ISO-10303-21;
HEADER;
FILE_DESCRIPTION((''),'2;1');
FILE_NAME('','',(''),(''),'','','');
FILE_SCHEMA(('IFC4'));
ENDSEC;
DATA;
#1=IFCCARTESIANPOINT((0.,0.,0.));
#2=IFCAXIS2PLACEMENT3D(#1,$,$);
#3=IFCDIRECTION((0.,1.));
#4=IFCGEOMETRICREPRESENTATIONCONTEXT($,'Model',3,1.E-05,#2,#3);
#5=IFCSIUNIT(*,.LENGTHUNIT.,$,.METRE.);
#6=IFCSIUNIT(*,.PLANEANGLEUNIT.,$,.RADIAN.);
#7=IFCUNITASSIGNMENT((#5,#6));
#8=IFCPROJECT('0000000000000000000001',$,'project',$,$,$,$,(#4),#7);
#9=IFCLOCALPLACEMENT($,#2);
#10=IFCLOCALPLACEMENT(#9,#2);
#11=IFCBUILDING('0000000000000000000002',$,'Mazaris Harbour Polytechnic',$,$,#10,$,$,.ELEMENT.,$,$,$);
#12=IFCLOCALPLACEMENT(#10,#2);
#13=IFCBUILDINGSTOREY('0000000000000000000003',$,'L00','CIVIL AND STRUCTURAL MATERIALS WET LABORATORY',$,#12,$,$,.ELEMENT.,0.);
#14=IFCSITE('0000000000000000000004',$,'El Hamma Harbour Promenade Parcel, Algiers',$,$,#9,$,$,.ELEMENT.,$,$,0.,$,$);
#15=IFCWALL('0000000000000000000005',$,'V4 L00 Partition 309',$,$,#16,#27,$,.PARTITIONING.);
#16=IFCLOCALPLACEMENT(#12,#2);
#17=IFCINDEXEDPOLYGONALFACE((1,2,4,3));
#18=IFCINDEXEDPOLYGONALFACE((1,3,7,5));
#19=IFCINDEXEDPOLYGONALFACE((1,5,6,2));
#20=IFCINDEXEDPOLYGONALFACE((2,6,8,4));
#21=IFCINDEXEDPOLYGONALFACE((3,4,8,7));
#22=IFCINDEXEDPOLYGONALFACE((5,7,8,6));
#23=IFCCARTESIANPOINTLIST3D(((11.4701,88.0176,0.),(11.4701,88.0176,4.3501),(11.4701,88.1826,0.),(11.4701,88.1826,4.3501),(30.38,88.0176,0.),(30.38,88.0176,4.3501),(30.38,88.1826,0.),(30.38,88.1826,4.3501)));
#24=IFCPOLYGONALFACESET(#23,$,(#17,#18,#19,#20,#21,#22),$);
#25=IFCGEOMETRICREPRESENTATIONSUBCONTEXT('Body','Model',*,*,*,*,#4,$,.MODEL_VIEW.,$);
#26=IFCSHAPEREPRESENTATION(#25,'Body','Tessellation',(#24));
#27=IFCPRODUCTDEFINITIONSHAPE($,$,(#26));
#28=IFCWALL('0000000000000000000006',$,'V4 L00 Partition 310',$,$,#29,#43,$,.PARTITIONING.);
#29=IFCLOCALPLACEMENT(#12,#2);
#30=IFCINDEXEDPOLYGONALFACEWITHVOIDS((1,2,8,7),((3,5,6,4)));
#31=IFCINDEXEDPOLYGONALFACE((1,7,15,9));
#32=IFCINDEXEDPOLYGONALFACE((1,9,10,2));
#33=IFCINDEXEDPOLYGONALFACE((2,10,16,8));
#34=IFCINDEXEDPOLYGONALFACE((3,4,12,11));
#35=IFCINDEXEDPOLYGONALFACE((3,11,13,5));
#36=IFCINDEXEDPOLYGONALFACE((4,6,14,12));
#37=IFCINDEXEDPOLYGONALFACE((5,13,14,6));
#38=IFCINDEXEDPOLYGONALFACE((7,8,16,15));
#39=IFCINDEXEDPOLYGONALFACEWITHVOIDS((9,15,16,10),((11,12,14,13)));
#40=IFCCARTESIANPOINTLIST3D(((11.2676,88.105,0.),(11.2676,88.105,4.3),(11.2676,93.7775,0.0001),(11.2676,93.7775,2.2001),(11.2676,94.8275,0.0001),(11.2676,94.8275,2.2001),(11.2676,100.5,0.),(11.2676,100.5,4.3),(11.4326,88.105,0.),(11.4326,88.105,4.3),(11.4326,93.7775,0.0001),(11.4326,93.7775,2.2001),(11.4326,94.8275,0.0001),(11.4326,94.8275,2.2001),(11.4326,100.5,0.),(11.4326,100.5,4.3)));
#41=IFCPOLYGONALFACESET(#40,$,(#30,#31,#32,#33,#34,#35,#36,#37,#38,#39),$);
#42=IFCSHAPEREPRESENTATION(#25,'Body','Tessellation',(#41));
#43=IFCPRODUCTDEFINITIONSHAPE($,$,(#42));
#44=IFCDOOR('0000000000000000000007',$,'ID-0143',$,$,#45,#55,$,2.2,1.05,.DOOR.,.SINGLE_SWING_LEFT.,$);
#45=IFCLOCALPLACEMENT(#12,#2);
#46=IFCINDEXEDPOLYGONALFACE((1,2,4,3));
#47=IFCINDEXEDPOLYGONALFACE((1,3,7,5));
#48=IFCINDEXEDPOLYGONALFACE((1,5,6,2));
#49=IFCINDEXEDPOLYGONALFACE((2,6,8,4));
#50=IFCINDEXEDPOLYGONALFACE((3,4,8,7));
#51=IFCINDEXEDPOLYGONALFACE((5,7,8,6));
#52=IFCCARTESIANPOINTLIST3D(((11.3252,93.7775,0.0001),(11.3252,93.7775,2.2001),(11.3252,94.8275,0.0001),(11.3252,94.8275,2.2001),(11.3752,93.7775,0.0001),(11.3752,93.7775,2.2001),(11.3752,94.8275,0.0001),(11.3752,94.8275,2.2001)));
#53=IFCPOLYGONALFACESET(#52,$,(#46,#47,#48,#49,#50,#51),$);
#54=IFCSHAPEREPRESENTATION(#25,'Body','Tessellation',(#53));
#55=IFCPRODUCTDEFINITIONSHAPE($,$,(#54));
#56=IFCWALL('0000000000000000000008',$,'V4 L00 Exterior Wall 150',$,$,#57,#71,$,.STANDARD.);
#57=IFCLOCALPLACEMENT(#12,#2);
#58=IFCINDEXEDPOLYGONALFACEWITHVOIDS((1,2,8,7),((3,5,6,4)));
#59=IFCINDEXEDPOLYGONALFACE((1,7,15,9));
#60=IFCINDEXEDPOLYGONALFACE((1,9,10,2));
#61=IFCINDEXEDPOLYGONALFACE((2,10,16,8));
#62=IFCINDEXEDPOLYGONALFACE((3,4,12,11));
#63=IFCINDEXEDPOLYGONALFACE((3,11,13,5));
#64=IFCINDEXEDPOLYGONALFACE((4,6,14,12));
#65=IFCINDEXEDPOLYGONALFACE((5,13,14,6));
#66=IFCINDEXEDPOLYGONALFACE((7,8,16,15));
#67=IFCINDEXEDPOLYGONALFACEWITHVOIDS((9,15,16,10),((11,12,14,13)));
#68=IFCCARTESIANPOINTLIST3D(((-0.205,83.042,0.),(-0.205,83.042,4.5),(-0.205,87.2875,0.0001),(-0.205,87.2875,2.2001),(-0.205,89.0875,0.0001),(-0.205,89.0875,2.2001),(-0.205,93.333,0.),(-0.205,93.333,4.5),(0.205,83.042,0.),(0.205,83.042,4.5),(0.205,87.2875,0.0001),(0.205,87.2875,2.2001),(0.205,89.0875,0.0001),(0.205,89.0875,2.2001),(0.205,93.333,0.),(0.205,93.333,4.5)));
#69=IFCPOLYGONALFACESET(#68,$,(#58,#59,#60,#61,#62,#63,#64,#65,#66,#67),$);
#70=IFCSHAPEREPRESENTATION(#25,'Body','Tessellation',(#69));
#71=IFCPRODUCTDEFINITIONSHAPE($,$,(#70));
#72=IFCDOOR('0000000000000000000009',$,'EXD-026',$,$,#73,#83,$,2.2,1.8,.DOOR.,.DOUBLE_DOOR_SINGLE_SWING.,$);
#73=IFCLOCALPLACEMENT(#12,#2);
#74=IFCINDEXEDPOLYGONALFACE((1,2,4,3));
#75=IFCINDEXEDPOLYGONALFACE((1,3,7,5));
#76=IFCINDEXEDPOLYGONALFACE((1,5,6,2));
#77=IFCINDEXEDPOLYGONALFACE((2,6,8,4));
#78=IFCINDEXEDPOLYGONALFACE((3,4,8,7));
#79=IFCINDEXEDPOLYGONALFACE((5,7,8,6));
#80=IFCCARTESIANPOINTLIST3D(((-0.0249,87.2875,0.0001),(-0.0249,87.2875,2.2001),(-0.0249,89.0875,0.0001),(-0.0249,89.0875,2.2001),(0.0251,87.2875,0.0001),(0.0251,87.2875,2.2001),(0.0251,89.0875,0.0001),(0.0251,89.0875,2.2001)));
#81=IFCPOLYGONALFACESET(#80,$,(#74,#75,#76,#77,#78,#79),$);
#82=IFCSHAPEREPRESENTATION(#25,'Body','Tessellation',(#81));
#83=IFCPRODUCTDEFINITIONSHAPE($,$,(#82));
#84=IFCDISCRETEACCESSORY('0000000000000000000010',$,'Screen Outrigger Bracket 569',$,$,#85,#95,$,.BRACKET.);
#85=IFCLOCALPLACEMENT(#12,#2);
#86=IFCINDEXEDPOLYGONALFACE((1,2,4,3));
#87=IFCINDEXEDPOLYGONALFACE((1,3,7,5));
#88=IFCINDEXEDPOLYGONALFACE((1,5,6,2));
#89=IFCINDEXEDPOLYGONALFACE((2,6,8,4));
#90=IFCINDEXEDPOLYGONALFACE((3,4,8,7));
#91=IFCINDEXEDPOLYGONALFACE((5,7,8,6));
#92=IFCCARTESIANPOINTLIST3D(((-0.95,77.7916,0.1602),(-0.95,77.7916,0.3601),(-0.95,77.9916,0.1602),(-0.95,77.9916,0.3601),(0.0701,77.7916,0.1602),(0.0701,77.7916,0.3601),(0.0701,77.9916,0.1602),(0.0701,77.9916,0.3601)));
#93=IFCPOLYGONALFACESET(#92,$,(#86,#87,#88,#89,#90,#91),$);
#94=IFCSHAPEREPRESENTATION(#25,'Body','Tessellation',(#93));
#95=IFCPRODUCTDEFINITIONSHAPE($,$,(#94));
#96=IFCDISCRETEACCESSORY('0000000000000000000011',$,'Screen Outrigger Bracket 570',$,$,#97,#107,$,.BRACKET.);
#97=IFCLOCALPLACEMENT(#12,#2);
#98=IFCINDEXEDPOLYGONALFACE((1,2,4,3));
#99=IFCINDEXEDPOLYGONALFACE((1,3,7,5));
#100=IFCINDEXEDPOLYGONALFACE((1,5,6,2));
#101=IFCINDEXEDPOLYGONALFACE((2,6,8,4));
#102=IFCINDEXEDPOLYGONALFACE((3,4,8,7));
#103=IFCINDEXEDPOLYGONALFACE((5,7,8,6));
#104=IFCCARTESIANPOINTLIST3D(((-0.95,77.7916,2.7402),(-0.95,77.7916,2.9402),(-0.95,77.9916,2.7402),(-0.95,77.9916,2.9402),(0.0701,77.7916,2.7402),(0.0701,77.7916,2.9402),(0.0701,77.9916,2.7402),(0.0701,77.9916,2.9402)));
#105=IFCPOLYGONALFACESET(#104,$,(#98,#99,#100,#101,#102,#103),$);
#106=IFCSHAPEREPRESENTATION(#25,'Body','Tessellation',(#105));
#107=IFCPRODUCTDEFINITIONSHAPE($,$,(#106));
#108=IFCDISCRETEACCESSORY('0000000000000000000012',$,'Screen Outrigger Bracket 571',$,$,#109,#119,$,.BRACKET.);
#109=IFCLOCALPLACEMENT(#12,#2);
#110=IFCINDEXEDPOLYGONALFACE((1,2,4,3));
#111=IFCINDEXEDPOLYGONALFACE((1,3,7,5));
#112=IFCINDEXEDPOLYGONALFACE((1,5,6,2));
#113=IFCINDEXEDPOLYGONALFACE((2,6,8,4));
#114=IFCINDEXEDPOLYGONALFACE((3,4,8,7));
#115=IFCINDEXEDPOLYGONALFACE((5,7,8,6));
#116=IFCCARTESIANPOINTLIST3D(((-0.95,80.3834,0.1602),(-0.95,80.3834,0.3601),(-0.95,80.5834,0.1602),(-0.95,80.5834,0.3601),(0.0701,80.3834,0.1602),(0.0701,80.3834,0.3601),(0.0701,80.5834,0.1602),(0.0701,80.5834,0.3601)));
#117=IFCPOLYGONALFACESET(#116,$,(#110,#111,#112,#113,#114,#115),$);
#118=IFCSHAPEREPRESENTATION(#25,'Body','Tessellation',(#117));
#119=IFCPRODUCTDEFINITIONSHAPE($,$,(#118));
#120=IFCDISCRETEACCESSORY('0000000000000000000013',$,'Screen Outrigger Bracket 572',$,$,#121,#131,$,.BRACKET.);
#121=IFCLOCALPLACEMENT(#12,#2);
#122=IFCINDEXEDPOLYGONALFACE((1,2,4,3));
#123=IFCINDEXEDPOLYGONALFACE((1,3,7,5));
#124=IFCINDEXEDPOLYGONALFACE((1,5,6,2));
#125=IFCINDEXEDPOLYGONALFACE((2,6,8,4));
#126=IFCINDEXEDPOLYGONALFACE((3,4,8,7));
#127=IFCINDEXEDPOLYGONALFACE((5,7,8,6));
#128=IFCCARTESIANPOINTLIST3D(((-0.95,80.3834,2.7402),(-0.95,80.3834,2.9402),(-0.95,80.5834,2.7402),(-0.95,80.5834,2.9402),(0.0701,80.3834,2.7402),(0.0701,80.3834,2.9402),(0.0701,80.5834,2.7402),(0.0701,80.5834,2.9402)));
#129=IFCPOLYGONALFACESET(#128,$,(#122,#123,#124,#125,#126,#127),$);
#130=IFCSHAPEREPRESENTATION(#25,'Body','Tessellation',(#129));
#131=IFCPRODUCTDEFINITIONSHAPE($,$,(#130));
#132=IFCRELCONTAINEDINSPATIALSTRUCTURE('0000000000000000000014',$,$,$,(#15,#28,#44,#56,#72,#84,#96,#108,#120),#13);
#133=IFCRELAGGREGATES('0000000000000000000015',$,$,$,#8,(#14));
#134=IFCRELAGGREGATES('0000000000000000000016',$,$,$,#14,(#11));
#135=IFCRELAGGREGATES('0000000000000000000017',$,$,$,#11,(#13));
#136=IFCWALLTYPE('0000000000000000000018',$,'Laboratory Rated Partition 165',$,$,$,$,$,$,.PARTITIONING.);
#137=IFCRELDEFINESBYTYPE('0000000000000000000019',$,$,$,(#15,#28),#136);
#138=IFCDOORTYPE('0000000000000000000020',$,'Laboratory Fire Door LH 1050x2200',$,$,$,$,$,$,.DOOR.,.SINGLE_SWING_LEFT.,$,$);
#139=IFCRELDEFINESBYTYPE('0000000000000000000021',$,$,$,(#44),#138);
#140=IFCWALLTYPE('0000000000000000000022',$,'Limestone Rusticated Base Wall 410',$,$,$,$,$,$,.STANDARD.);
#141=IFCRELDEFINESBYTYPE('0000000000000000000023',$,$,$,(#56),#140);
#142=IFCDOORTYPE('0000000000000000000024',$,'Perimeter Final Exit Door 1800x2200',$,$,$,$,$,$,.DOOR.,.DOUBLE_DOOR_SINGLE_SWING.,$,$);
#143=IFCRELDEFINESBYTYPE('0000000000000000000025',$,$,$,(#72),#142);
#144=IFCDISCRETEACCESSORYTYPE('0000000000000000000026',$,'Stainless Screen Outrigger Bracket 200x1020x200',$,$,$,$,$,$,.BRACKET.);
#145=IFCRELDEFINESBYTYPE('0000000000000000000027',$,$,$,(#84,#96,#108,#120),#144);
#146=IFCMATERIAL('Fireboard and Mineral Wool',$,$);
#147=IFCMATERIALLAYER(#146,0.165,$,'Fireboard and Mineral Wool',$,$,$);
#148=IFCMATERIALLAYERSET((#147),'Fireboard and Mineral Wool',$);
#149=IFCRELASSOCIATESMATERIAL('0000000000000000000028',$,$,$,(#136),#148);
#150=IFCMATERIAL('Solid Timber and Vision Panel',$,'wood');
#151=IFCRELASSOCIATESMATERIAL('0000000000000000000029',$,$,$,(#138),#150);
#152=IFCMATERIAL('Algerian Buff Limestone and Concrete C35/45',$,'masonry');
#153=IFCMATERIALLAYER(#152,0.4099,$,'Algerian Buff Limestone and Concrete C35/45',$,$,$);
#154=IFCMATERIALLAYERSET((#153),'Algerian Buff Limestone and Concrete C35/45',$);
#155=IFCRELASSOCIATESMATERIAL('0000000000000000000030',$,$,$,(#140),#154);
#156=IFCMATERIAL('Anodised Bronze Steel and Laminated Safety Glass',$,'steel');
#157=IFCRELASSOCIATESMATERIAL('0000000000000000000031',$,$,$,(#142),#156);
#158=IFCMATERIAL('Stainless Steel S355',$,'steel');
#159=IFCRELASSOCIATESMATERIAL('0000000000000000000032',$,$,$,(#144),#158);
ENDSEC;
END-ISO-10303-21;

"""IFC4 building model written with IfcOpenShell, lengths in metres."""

from ifc_helpers import new_model, si_unit, direction, frame, frame_2d, origin, origin_2d, place, context, subcontext, project, spatial, rectangle, extrude, material, layer, layer_set, type_object, element, fill, save


model = new_model("IFC4")

# Units and contexts
model_context = context("Model", 3, precision=1e-05, world=origin(), true_north=direction((0.0, 1.0)))
body_context = subcontext(model_context, "Body", "Model", "MODEL_VIEW")
ifc_project = project(units=[si_unit("LENGTHUNIT", "METRE"), si_unit("PLANEANGLEUNIT", "RADIAN")], contexts=[model_context])

# Site, building, storey
site_placement = place(None, origin())
site = spatial("IfcSite", under=ifc_project, at=site_placement, Name="El Hamma Harbour Promenade Parcel, Algiers", CompositionType="ELEMENT", RefElevation=0.0)
building_placement = place(site_placement, origin())
building = spatial("IfcBuilding", under=site, at=building_placement, Name="Mazaris Harbour Polytechnic", CompositionType="ELEMENT")
storey_placement = place(building_placement, origin())
storey = spatial("IfcBuildingStorey", under=building, at=storey_placement, Name="L00", Description="CIVIL AND STRUCTURAL MATERIALS WET LABORATORY", CompositionType="ELEMENT", Elevation=0.0)

# Shared definitions
ifc_material_1 = material(Name="Fireboard and Mineral Wool")
ifc_layer_1 = layer(ifc_material_1, 0.165, Name="Fireboard and Mineral Wool")
ifc_layer_set_1 = layer_set([ifc_layer_1], Name="Fireboard and Mineral Wool")
wall_type_1 = type_object("IfcWallType", Name="Laboratory Rated Partition 165", PredefinedType="PARTITIONING", material=ifc_layer_set_1)

# Shared definitions
ifc_material_2 = material(Name="Solid Timber and Vision Panel", Category="wood")
door_type_1 = type_object("IfcDoorType", Name="Laboratory Fire Door LH 1050x2200", OperationType="SINGLE_SWING_LEFT", PredefinedType="DOOR", material=ifc_material_2)

# Wall
wall_1_placement = place(storey_placement, frame((11.47, 88.1001, 0.0), z_axis=(0.0, 0.0, 1.0), x_axis=(1.0, 0.0, 0.0)))
element("IfcWall", 1, at=wall_1_placement, inside=storey, type_object=wall_type_1, Name="V4 L00 Partition 309", PredefinedType="PARTITIONING", context=body_context, shape_type="SweptSolid", body=[
    extrude(rectangle(XDim=18.9099, YDim=0.165, at=frame_2d((9.4551, 0.0))), origin(), (0.0, 0.0, 1.0), 4.3501),
])

# Walls, openings, doors
wall_2_placement = place(storey_placement, frame((11.3501, 88.105, 0.0), z_axis=(0.0, 0.0, 1.0), x_axis=(0.0, 1.0, 0.0)))
wall_2 = element("IfcWall", 2, at=wall_2_placement, inside=storey, type_object=wall_type_1, Name="V4 L00 Partition 310", PredefinedType="PARTITIONING", context=body_context, shape_type="SweptSolid", body=[
    extrude(rectangle(XDim=12.395, YDim=0.165, at=frame_2d((6.1975, 0.0))), origin(), (0.0, 0.0, 1.0), 4.3),
])
opening_1_placement = place(wall_2_placement, frame((5.6726, 0.0, 0.0)))
opening_1 = element("IfcOpeningElement", 3, at=opening_1_placement, cuts=wall_2, PredefinedType="OPENING", context=body_context, shape_type="SweptSolid", body=[
    extrude(rectangle(XDim=1.05, YDim=2.2, at=frame_2d((0.5249, 1.1001))), frame((0.0, 0.0925, 0.0), z_axis=(0.0, -1.0, 0.0), x_axis=(1.0, 0.0, 0.0)), (0.0, 0.0, 1.0), 0.1851),
])
door_1_placement = place(opening_1_placement, origin())
door_1 = element("IfcDoor", 4, at=door_1_placement, inside=storey, type_object=door_type_1, Name="ID-0143", OperationType="SINGLE_SWING_LEFT", OverallHeight=2.2, OverallWidth=1.05, PredefinedType="DOOR", context=body_context, shape_type="SweptSolid", body=[
    extrude(rectangle(XDim=1.05, YDim=2.2, at=frame_2d((0.5249, 1.1001))), frame((0.0, 0.0249, 0.0), z_axis=(0.0, -1.0, 0.0), x_axis=(1.0, 0.0, 0.0)), (0.0, 0.0, 1.0), 0.05),
])
fill(opening_1, door_1)
ifc_material_3 = material(Name="Algerian Buff Limestone and Concrete C35/45", Category="masonry")
ifc_layer_2 = layer(ifc_material_3, 0.4099, Name="Algerian Buff Limestone and Concrete C35/45")
ifc_layer_set_2 = layer_set([ifc_layer_2], Name="Algerian Buff Limestone and Concrete C35/45")
wall_type_2 = type_object("IfcWallType", Name="Limestone Rusticated Base Wall 410", PredefinedType="STANDARD", material=ifc_layer_set_2)
wall_3_placement = place(storey_placement, frame((0.0, 83.042, 0.0), z_axis=(0.0, 0.0, 1.0), x_axis=(0.0, 1.0, 0.0)))
wall_3 = element("IfcWall", 5, at=wall_3_placement, inside=storey, type_object=wall_type_2, Name="V4 L00 Exterior Wall 150", PredefinedType="STANDARD", context=body_context, shape_type="SweptSolid", body=[
    extrude(rectangle(XDim=10.291, YDim=0.4099, at=frame_2d((5.1455, 0.0))), origin(), (0.0, 0.0, 1.0), 4.5),
])
opening_2_placement = place(wall_3_placement, frame((4.2456, 0.0, 0.0)))
opening_2 = element("IfcOpeningElement", 6, at=opening_2_placement, cuts=wall_3, PredefinedType="OPENING", context=body_context, shape_type="SweptSolid", body=[
    extrude(rectangle(XDim=1.8, YDim=2.2, at=frame_2d((0.8999, 1.1001))), frame((0.0, 0.2148, 0.0), z_axis=(0.0, -1.0, 0.0), x_axis=(1.0, 0.0, 0.0)), (0.0, 0.0, 1.0), 0.4299),
])
ifc_material_4 = material(Name="Anodised Bronze Steel and Laminated Safety Glass", Category="steel")
door_type_2 = type_object("IfcDoorType", Name="Perimeter Final Exit Door 1800x2200", OperationType="DOUBLE_DOOR_SINGLE_SWING", PredefinedType="DOOR", material=ifc_material_4)
door_2_placement = place(opening_2_placement, origin())
door_2 = element("IfcDoor", 7, at=door_2_placement, inside=storey, type_object=door_type_2, Name="EXD-026", OperationType="DOUBLE_DOOR_SINGLE_SWING", OverallHeight=2.2, OverallWidth=1.8, PredefinedType="DOOR", context=body_context, shape_type="SweptSolid", body=[
    extrude(rectangle(XDim=1.8, YDim=2.2, at=frame_2d((0.8999, 1.1001))), frame((0.0, 0.0249, 0.0), z_axis=(0.0, -1.0, 0.0), x_axis=(1.0, 0.0, 0.0)), (0.0, 0.0, 1.0), 0.05),
])
fill(opening_2, door_2)

# Discrete accessories
ifc_material_5 = material(Name="Stainless Steel S355", Category="steel")
discrete_accessory_type = type_object("IfcDiscreteAccessoryType", Name="Stainless Screen Outrigger Bracket 200x1020x200", PredefinedType="BRACKET", material=ifc_material_5)
for number, where, z_axis, x_axis, name in (
    (8, (-0.4399, 77.8916, 0.1602), (0.0, 0.0, 1.0), (0.0, 1.0, 0.0), "Screen Outrigger Bracket 569"),
    (9, (-0.4399, 77.8916, 2.7402), (0.0, 0.0, 1.0), (0.0, 1.0, 0.0), "Screen Outrigger Bracket 570"),
    (10, (-0.4399, 80.4834, 0.1602), (0.0, 0.0, 1.0), (0.0, 1.0, 0.0), "Screen Outrigger Bracket 571"),
    (11, (-0.4399, 80.4834, 2.7402), (0.0, 0.0, 1.0), (0.0, 1.0, 0.0), "Screen Outrigger Bracket 572"),
):
    element("IfcDiscreteAccessory", number, at=place(storey_placement, frame(where, z_axis=z_axis, x_axis=x_axis)), inside=storey, type_object=discrete_accessory_type, Name=name, PredefinedType="BRACKET", context=body_context, shape_type="SweptSolid", body=[
        extrude(rectangle(XDim=0.2, YDim=1.02, at=origin_2d()), origin(), (0.0, 0.0, 1.0), 0.2),
    ])

save(model, "model.ifc")
